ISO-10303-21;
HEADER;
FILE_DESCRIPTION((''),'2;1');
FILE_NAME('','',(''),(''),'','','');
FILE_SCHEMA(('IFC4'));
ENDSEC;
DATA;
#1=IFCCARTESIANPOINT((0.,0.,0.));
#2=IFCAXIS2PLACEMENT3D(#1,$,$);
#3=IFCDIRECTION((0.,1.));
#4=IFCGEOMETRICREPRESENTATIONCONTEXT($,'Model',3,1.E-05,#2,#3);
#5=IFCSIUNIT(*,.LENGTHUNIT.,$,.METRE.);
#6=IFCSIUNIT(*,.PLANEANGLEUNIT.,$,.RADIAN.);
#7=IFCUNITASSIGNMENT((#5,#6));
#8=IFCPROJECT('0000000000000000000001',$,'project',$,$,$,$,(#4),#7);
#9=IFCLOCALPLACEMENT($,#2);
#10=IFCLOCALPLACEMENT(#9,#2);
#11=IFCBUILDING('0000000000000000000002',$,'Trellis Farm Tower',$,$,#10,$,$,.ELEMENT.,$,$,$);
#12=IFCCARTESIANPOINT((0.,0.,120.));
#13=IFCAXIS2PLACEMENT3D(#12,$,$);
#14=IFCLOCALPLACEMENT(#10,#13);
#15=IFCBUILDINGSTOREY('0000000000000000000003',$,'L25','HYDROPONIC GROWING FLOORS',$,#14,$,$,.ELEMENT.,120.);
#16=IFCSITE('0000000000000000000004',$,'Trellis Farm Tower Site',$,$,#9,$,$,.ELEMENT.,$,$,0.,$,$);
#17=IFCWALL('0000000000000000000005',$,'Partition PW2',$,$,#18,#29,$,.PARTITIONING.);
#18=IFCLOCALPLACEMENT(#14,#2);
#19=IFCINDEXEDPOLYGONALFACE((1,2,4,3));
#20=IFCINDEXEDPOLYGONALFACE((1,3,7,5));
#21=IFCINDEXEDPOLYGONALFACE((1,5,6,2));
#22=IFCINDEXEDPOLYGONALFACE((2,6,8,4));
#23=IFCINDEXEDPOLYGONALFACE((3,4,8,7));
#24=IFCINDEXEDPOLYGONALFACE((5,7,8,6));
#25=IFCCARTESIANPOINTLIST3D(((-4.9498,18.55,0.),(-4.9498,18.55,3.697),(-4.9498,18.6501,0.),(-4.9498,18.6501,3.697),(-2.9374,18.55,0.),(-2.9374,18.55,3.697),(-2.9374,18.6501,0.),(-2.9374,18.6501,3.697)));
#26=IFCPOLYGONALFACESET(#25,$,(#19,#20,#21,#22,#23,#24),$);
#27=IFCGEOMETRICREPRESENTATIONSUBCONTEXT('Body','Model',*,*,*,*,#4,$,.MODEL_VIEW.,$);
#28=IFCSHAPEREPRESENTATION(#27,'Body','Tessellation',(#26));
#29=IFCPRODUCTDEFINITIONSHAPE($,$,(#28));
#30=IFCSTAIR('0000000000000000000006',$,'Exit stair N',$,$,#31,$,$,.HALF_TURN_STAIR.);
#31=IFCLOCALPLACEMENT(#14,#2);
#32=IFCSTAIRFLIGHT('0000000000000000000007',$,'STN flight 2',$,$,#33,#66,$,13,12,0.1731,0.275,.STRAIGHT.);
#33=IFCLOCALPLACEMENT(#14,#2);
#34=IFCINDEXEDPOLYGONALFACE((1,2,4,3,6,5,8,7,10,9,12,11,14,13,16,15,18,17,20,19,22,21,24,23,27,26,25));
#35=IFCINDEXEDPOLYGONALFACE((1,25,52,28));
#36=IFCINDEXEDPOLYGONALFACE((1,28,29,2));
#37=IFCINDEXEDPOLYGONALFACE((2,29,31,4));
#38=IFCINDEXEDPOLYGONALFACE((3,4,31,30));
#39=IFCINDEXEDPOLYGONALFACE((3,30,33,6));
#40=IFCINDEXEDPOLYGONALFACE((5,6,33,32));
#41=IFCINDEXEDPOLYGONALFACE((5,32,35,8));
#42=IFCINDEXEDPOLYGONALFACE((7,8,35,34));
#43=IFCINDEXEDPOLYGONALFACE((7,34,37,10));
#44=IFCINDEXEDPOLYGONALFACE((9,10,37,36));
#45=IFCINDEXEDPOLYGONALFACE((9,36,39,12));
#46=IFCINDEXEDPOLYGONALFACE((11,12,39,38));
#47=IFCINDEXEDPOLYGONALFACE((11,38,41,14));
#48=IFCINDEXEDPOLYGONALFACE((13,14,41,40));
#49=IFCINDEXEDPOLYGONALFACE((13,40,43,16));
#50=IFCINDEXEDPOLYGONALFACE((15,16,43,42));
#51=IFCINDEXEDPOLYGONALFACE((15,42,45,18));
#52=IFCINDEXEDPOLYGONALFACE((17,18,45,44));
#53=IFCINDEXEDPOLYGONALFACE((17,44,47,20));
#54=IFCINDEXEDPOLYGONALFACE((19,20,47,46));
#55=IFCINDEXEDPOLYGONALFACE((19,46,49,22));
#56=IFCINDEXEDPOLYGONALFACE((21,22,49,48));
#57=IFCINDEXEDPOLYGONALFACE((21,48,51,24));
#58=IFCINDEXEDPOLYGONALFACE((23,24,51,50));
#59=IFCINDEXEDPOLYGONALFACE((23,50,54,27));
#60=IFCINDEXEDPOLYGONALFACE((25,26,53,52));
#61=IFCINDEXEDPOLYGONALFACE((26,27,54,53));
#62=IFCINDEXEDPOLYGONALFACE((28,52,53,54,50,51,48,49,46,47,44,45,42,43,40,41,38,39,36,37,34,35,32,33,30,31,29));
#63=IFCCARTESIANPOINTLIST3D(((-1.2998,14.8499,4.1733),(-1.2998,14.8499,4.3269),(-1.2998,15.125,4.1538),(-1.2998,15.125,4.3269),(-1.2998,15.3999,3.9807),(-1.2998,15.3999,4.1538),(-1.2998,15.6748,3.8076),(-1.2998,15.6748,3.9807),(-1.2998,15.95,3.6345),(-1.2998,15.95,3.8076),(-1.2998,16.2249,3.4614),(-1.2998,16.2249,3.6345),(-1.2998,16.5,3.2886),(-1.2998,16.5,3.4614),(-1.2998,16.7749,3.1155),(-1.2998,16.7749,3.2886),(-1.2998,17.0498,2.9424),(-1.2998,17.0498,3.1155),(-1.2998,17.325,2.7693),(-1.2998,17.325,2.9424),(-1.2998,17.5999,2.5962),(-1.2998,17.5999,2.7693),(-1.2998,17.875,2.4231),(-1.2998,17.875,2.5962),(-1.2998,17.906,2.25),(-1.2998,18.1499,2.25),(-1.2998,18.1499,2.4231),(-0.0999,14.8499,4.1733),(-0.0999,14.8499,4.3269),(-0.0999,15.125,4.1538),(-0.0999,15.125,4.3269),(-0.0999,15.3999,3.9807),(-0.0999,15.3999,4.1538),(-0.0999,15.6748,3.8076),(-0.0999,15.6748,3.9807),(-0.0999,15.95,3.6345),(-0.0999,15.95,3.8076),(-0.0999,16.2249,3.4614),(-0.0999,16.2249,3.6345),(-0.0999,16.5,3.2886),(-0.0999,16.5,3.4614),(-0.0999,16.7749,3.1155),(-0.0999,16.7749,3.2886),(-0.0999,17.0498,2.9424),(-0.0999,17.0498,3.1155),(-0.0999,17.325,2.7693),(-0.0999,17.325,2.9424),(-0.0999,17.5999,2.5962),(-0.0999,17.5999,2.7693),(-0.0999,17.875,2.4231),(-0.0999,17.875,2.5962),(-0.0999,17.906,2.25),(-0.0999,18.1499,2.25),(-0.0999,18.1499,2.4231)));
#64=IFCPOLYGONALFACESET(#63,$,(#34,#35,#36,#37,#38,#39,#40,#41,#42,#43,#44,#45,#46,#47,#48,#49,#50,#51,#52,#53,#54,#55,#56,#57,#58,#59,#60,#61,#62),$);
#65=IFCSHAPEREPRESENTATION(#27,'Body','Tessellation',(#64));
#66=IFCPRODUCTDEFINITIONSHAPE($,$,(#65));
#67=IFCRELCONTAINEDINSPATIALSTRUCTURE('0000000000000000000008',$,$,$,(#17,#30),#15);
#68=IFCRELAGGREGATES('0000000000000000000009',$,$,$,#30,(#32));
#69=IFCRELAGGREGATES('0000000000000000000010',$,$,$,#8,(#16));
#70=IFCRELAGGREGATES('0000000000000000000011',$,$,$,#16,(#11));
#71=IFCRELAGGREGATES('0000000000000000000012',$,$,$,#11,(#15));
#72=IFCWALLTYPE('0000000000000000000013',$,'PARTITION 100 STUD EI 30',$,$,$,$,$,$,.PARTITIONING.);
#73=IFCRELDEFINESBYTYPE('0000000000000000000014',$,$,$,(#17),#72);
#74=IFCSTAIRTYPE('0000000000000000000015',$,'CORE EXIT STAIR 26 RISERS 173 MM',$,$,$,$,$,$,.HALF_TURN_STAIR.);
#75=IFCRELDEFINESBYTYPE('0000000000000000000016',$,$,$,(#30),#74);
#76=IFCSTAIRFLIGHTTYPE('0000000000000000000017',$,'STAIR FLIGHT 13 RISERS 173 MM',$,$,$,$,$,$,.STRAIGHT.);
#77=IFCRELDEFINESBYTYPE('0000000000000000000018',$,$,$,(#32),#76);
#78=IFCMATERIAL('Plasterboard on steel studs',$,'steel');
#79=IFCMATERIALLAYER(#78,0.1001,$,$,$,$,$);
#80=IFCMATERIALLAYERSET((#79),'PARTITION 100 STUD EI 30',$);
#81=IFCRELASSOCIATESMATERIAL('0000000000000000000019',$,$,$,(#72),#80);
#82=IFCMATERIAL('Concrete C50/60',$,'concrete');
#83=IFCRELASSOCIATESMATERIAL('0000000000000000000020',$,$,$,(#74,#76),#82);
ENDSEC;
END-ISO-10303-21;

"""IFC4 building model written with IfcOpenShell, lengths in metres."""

from ifc_helpers import new_model, si_unit, direction, frame, frame_2d, origin, place, context, subcontext, project, spatial, polyline, rectangle, outline, extrude, source, transform, mapped, material, layer, layer_set, type_object, element, aggregate, save


model = new_model("IFC4")

# Units and contexts
model_context = context("Model", 3, precision=1e-05, world=origin(), true_north=direction((0.0, 1.0)))
body_context = subcontext(model_context, "Body", "Model", "MODEL_VIEW")
ifc_project = project(units=[si_unit("LENGTHUNIT", "METRE"), si_unit("PLANEANGLEUNIT", "RADIAN")], contexts=[model_context])

# Site, building, storey
site_placement = place(None, origin())
site = spatial("IfcSite", under=ifc_project, at=site_placement, Name="Trellis Farm Tower Site", CompositionType="ELEMENT", RefElevation=0.0)
building_placement = place(site_placement, origin())
building = spatial("IfcBuilding", under=site, at=building_placement, Name="Trellis Farm Tower", CompositionType="ELEMENT")
storey_placement = place(building_placement, frame((0.0, 0.0, 120.0)))
storey = spatial("IfcBuildingStorey", under=building, at=storey_placement, Name="L25", Description="HYDROPONIC GROWING FLOORS", CompositionType="ELEMENT", Elevation=120.0)

# Shared definitions
placement = place(storey_placement, origin())

# Wall
ifc_material_1 = material(Name="Plasterboard on steel studs", Category="steel")
ifc_layer_1 = layer(ifc_material_1, 0.1001)
ifc_layer_set_1 = layer_set([ifc_layer_1], Name="PARTITION 100 STUD EI 30")
wall_type_1 = type_object("IfcWallType", Name="PARTITION 100 STUD EI 30", PredefinedType="PARTITIONING", material=ifc_layer_set_1)
shared_shape_1 = source(origin(), body_context, "Body", "SweptSolid", [
    extrude(rectangle(XDim=2.0125, YDim=0.1001, at=frame_2d((1.0063, 0.0))), origin(), (0.0, 0.0, 1.0), 3.697),
])
wall_1_placement = place(storey_placement, frame((-4.95, 18.6001, 0.0), z_axis=(0.0, 0.0, 1.0), x_axis=(1.0, 0.0, 0.0)))
element("IfcWall", 1, at=wall_1_placement, inside=storey, type_object=wall_type_1, Name="Partition PW2", PredefinedType="PARTITIONING", context=body_context, shape_type="MappedRepresentation", body=[
    mapped(shared_shape_1, transform((0.0, 0.0, 0.0))),
])

# Stair, stair flight
ifc_material_2 = material(Name="Concrete C50/60", Category="concrete")
stair_type = type_object("IfcStairType", Name="CORE EXIT STAIR 26 RISERS 173 MM", PredefinedType="HALF_TURN_STAIR", material=ifc_material_2)
stair = element("IfcStair", 2, at=placement, inside=storey, type_object=stair_type, Name="Exit stair N", PredefinedType="HALF_TURN_STAIR")
stair_flight_type = type_object("IfcStairFlightType", Name="STAIR FLIGHT 13 RISERS 173 MM", PredefinedType="STRAIGHT", material=ifc_material_2)
shared_shape_2 = source(origin(), body_context, "Body", "SweptSolid", [
    extrude(outline(polyline([(0.0, 0.0), (0.0, 0.1731), (0.2749, 0.1731), (0.2749, 0.3462), (0.55, 0.3462), (0.55, 0.5193), (0.825, 0.5193), (0.825, 0.6924), (1.1001, 0.6924), (1.1001, 0.8655), (1.375, 0.8655), (1.375, 1.0386), (1.6499, 1.0386), (1.6499, 1.2114), (1.925, 1.2114), (1.925, 1.3845), (2.2, 1.3845), (2.2, 1.5576), (2.4751, 1.5576), (2.4751, 1.7307), (2.75, 1.7307), (2.75, 1.9038), (3.0249, 1.9038), (3.0249, 2.0769), (3.3, 2.0769), (3.3, 2.25), (3.3, 1.9233), (0.2439, 0.0), (0.0, 0.0)])), frame((0.0, 0.6001, 0.0), z_axis=(0.0, -1.0, 0.0), x_axis=(1.0, 0.0, 0.0)), (0.0, 0.0, 1.0), 1.2),
])
stair_flight_placement = place(storey_placement, frame((-0.7, 18.1499, 2.25), z_axis=(0.0, 0.0, 1.0), x_axis=(0.0, -1.0, 0.0)))
stair_flight = element("IfcStairFlight", 3, at=stair_flight_placement, type_object=stair_flight_type, Name="STN flight 2", NumberOfRisers=13, NumberOfTreads=12, PredefinedType="STRAIGHT", RiserHeight=0.1731, TreadLength=0.275, context=body_context, shape_type="MappedRepresentation", body=[
    mapped(shared_shape_2, transform((0.0, 0.0, 0.0))),
])
aggregate(stair, [stair_flight])

save(model, "model.ifc")
